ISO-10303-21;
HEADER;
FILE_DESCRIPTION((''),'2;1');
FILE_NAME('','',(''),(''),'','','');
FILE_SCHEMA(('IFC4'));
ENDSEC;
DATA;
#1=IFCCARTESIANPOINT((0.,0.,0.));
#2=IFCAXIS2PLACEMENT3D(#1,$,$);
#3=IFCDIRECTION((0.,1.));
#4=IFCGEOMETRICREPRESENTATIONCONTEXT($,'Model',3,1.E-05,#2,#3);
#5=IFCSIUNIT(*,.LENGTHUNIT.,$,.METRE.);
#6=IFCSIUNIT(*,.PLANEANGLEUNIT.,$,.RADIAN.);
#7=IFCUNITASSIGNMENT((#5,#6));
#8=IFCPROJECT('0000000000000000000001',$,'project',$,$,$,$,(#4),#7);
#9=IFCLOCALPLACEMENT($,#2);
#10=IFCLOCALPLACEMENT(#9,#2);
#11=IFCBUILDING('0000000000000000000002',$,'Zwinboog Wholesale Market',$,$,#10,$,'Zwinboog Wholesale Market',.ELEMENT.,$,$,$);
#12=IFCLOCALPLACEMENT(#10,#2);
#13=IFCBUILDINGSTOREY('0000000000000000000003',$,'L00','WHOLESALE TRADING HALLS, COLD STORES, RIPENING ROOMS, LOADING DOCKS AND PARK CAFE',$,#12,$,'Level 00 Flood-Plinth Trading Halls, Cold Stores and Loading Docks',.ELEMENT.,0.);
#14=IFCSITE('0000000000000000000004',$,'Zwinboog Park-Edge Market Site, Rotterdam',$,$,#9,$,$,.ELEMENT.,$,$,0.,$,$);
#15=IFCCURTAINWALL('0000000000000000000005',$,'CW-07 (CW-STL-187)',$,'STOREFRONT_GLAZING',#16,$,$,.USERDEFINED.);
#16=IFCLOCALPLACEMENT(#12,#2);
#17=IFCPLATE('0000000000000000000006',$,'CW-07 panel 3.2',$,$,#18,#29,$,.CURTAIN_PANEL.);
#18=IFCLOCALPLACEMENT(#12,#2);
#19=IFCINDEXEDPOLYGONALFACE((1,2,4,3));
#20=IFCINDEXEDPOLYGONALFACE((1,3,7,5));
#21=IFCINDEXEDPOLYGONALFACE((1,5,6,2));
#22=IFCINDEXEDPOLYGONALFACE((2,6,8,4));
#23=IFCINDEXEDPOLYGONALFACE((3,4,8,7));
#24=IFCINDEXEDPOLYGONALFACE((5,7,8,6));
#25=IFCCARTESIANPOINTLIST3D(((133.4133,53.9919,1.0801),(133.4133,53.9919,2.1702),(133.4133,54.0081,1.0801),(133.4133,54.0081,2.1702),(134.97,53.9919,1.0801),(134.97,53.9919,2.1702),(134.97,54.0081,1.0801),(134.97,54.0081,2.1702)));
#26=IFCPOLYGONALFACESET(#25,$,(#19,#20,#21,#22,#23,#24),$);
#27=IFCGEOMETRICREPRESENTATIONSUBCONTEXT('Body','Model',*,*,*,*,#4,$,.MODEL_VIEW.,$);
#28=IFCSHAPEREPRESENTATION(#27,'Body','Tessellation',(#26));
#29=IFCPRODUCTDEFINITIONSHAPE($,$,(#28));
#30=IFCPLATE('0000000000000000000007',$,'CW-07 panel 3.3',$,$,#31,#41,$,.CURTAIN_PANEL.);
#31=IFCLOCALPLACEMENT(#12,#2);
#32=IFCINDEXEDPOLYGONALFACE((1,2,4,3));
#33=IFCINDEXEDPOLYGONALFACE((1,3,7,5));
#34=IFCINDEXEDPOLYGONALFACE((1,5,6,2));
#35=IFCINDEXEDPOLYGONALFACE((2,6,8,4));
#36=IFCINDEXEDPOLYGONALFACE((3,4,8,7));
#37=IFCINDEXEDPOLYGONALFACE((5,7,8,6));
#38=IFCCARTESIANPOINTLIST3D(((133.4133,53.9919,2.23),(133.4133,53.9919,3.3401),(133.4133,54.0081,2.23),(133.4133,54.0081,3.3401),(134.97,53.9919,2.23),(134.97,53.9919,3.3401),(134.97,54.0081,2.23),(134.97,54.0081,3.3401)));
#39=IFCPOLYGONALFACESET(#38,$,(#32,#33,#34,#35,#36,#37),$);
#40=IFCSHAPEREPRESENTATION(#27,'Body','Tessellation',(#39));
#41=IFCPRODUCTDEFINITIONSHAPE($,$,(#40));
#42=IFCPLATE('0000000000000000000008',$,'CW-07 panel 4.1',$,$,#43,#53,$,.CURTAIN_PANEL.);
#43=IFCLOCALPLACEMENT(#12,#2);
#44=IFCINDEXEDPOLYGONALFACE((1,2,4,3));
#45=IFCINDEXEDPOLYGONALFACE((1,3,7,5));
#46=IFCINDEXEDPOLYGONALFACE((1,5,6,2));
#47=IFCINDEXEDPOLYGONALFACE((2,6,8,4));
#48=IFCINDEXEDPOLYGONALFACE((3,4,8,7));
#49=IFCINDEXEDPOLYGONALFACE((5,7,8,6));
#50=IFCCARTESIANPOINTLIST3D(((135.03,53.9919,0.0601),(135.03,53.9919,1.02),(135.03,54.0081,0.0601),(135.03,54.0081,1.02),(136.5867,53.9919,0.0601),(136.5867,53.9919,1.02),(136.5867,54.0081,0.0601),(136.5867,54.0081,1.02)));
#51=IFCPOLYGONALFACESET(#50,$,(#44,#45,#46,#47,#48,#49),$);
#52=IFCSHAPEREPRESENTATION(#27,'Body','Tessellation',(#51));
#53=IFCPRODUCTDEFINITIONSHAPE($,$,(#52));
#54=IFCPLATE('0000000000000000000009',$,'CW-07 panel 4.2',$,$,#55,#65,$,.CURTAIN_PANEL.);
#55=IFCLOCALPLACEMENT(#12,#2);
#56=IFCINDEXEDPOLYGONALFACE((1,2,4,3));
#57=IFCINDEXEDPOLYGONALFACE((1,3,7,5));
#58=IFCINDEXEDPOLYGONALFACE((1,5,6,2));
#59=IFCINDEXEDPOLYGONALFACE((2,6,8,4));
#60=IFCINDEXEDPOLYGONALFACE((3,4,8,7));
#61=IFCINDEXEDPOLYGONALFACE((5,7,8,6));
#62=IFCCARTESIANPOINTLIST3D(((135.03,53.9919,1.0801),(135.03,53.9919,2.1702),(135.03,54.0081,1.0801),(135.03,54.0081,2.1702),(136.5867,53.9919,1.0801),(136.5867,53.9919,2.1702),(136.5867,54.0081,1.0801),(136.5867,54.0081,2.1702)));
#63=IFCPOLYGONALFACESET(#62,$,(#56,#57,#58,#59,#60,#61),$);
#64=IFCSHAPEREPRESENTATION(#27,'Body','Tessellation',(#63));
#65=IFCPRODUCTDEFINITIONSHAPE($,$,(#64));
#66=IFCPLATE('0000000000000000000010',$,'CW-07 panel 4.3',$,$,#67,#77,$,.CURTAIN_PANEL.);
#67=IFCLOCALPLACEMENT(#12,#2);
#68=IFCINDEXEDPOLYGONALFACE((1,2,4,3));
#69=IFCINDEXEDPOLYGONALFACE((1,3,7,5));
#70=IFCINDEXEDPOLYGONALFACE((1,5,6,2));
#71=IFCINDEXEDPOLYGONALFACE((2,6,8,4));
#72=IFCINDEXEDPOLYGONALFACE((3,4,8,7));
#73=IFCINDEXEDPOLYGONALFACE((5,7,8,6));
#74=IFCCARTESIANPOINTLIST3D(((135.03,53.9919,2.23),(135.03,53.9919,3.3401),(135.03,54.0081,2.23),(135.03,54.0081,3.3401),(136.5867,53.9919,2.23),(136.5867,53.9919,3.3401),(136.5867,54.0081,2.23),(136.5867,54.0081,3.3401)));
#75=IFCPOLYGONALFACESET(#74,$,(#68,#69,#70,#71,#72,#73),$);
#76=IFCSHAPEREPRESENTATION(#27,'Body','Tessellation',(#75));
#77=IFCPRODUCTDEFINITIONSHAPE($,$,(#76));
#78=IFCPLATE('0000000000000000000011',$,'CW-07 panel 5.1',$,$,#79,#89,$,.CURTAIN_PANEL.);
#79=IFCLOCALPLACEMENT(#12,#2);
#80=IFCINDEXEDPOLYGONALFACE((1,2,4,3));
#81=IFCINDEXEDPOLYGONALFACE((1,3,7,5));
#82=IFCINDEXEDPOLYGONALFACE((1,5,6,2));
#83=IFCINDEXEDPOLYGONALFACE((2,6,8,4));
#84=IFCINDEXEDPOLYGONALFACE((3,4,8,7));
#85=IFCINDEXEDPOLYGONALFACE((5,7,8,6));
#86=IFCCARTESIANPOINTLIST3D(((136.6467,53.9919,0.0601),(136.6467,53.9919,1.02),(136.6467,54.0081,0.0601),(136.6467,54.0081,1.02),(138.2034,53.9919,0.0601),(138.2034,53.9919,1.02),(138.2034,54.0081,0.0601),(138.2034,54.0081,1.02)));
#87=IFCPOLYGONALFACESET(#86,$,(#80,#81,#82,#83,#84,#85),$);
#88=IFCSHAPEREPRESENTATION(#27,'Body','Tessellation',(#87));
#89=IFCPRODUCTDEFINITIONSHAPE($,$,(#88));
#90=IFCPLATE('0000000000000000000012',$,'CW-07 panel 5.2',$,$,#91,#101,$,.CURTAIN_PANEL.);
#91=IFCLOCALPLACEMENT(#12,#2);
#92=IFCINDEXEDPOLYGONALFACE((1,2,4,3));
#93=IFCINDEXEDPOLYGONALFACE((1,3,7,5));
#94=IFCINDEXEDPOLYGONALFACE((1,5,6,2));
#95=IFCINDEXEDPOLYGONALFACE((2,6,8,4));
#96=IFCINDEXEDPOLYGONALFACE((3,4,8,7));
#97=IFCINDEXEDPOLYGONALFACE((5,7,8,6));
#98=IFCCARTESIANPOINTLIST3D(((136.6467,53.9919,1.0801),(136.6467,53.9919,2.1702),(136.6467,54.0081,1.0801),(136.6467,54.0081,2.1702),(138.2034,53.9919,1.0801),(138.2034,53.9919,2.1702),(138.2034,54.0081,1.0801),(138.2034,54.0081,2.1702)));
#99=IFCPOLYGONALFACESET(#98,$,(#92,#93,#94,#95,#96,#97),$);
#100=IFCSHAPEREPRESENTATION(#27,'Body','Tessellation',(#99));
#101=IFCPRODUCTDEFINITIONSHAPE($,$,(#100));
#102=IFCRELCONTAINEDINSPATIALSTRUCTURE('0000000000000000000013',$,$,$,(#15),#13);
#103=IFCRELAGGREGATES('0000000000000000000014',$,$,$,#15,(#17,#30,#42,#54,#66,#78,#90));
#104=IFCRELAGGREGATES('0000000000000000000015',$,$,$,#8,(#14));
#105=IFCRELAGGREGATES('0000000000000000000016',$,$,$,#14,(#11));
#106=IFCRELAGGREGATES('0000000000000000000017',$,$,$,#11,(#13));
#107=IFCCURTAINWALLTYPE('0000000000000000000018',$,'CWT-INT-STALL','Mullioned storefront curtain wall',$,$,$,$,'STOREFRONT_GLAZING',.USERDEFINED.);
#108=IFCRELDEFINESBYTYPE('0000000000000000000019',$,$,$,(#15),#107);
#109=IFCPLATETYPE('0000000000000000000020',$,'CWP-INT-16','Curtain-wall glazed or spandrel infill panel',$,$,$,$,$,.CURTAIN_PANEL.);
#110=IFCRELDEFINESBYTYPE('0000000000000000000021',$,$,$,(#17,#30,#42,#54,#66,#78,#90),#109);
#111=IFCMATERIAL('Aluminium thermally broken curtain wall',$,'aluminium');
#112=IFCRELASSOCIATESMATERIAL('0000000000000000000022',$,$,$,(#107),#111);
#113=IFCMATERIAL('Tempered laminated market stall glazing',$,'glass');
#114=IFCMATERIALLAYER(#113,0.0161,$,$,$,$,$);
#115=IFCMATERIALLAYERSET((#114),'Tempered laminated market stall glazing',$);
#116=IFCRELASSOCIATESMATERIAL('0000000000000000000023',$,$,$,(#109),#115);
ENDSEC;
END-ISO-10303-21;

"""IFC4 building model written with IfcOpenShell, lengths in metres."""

from ifc_helpers import new_model, si_unit, direction, frame, origin, origin_2d, place, context, subcontext, project, spatial, rectangle, extrude, material, layer, layer_set, type_object, element, aggregate, save


model = new_model("IFC4")

# Units and contexts
model_context = context("Model", 3, precision=1e-05, world=origin(), true_north=direction((0.0, 1.0)))
body_context = subcontext(model_context, "Body", "Model", "MODEL_VIEW")
ifc_project = project(units=[si_unit("LENGTHUNIT", "METRE"), si_unit("PLANEANGLEUNIT", "RADIAN")], contexts=[model_context])

# Site, building, storey
site_placement = place(None, origin())
site = spatial("IfcSite", under=ifc_project, at=site_placement, Name="Zwinboog Park-Edge Market Site, Rotterdam", CompositionType="ELEMENT", RefElevation=0.0)
building_placement = place(site_placement, origin())
building = spatial("IfcBuilding", under=site, at=building_placement, Name="Zwinboog Wholesale Market", LongName="Zwinboog Wholesale Market", CompositionType="ELEMENT")
storey_placement = place(building_placement, origin())
storey = spatial("IfcBuildingStorey", under=building, at=storey_placement, Name="L00", Description="WHOLESALE TRADING HALLS, COLD STORES, RIPENING ROOMS, LOADING DOCKS AND PARK CAFE", LongName="Level 00 Flood-Plinth Trading Halls, Cold Stores and Loading Docks", CompositionType="ELEMENT", Elevation=0.0)

# Curtain wall, plates
ifc_material_1 = material(Name="Aluminium thermally broken curtain wall", Category="aluminium")
curtain_wall_type = type_object("IfcCurtainWallType", Name="CWT-INT-STALL", Description="Mullioned storefront curtain wall", ElementType="STOREFRONT_GLAZING", PredefinedType="USERDEFINED", material=ifc_material_1)
curtain_wall_placement = place(storey_placement, origin())
curtain_wall = element("IfcCurtainWall", 1, at=curtain_wall_placement, inside=storey, type_object=curtain_wall_type, Name="CW-07 (CW-STL-187)", ObjectType="STOREFRONT_GLAZING", PredefinedType="USERDEFINED")
ifc_material_2 = material(Name="Tempered laminated market stall glazing", Category="glass")
ifc_layer = layer(ifc_material_2, 0.0161)
ifc_layer_set = layer_set([ifc_layer], Name="Tempered laminated market stall glazing")
plate_type = type_object("IfcPlateType", Name="CWP-INT-16", Description="Curtain-wall glazed or spandrel infill panel", PredefinedType="CURTAIN_PANEL", material=ifc_layer_set)
plate_1_placement = place(storey_placement, frame((134.1917, 54.0, 1.0801), z_axis=(0.0, 0.0, 1.0), x_axis=(1.0, 0.0, 0.0)))
plate_1 = element("IfcPlate", 2, at=plate_1_placement, type_object=plate_type, Name="CW-07 panel 3.2", PredefinedType="CURTAIN_PANEL", context=body_context, shape_type="SweptSolid", body=[
    extrude(rectangle(XDim=1.5566, YDim=0.0161, at=origin_2d()), origin(), (0.0, 0.0, 1.0), 1.0901),
])
plate_2_placement = place(storey_placement, frame((134.1917, 54.0, 2.23), z_axis=(0.0, 0.0, 1.0), x_axis=(1.0, 0.0, 0.0)))
plate_2 = element("IfcPlate", 3, at=plate_2_placement, type_object=plate_type, Name="CW-07 panel 3.3", PredefinedType="CURTAIN_PANEL", context=body_context, shape_type="SweptSolid", body=[
    extrude(rectangle(XDim=1.5566, YDim=0.0161, at=origin_2d()), origin(), (0.0, 0.0, 1.0), 1.1101),
])
plate_3_placement = place(storey_placement, frame((135.8083, 54.0, 0.0601), z_axis=(0.0, 0.0, 1.0), x_axis=(1.0, 0.0, 0.0)))
plate_3 = element("IfcPlate", 4, at=plate_3_placement, type_object=plate_type, Name="CW-07 panel 4.1", PredefinedType="CURTAIN_PANEL", context=body_context, shape_type="SweptSolid", body=[
    extrude(rectangle(XDim=1.5566, YDim=0.0161, at=origin_2d()), origin(), (0.0, 0.0, 1.0), 0.96),
])
plate_4_placement = place(storey_placement, frame((135.8083, 54.0, 1.0801), z_axis=(0.0, 0.0, 1.0), x_axis=(1.0, 0.0, 0.0)))
plate_4 = element("IfcPlate", 5, at=plate_4_placement, type_object=plate_type, Name="CW-07 panel 4.2", PredefinedType="CURTAIN_PANEL", context=body_context, shape_type="SweptSolid", body=[
    extrude(rectangle(XDim=1.5566, YDim=0.0161, at=origin_2d()), origin(), (0.0, 0.0, 1.0), 1.0901),
])
plate_5_placement = place(storey_placement, frame((135.8083, 54.0, 2.23), z_axis=(0.0, 0.0, 1.0), x_axis=(1.0, 0.0, 0.0)))
plate_5 = element("IfcPlate", 6, at=plate_5_placement, type_object=plate_type, Name="CW-07 panel 4.3", PredefinedType="CURTAIN_PANEL", context=body_context, shape_type="SweptSolid", body=[
    extrude(rectangle(XDim=1.5566, YDim=0.0161, at=origin_2d()), origin(), (0.0, 0.0, 1.0), 1.1101),
])
plate_6_placement = place(storey_placement, frame((137.425, 54.0, 0.0601), z_axis=(0.0, 0.0, 1.0), x_axis=(1.0, 0.0, 0.0)))
plate_6 = element("IfcPlate", 7, at=plate_6_placement, type_object=plate_type, Name="CW-07 panel 5.1", PredefinedType="CURTAIN_PANEL", context=body_context, shape_type="SweptSolid", body=[
    extrude(rectangle(XDim=1.5566, YDim=0.0161, at=origin_2d()), origin(), (0.0, 0.0, 1.0), 0.96),
])
plate_7_placement = place(storey_placement, frame((137.425, 54.0, 1.0801), z_axis=(0.0, 0.0, 1.0), x_axis=(1.0, 0.0, 0.0)))
plate_7 = element("IfcPlate", 8, at=plate_7_placement, type_object=plate_type, Name="CW-07 panel 5.2", PredefinedType="CURTAIN_PANEL", context=body_context, shape_type="SweptSolid", body=[
    extrude(rectangle(XDim=1.5566, YDim=0.0161, at=origin_2d()), origin(), (0.0, 0.0, 1.0), 1.0901),
])
aggregate(curtain_wall, [plate_1, plate_2, plate_3, plate_4, plate_5, plate_6, plate_7])

save(model, "model.ifc")
